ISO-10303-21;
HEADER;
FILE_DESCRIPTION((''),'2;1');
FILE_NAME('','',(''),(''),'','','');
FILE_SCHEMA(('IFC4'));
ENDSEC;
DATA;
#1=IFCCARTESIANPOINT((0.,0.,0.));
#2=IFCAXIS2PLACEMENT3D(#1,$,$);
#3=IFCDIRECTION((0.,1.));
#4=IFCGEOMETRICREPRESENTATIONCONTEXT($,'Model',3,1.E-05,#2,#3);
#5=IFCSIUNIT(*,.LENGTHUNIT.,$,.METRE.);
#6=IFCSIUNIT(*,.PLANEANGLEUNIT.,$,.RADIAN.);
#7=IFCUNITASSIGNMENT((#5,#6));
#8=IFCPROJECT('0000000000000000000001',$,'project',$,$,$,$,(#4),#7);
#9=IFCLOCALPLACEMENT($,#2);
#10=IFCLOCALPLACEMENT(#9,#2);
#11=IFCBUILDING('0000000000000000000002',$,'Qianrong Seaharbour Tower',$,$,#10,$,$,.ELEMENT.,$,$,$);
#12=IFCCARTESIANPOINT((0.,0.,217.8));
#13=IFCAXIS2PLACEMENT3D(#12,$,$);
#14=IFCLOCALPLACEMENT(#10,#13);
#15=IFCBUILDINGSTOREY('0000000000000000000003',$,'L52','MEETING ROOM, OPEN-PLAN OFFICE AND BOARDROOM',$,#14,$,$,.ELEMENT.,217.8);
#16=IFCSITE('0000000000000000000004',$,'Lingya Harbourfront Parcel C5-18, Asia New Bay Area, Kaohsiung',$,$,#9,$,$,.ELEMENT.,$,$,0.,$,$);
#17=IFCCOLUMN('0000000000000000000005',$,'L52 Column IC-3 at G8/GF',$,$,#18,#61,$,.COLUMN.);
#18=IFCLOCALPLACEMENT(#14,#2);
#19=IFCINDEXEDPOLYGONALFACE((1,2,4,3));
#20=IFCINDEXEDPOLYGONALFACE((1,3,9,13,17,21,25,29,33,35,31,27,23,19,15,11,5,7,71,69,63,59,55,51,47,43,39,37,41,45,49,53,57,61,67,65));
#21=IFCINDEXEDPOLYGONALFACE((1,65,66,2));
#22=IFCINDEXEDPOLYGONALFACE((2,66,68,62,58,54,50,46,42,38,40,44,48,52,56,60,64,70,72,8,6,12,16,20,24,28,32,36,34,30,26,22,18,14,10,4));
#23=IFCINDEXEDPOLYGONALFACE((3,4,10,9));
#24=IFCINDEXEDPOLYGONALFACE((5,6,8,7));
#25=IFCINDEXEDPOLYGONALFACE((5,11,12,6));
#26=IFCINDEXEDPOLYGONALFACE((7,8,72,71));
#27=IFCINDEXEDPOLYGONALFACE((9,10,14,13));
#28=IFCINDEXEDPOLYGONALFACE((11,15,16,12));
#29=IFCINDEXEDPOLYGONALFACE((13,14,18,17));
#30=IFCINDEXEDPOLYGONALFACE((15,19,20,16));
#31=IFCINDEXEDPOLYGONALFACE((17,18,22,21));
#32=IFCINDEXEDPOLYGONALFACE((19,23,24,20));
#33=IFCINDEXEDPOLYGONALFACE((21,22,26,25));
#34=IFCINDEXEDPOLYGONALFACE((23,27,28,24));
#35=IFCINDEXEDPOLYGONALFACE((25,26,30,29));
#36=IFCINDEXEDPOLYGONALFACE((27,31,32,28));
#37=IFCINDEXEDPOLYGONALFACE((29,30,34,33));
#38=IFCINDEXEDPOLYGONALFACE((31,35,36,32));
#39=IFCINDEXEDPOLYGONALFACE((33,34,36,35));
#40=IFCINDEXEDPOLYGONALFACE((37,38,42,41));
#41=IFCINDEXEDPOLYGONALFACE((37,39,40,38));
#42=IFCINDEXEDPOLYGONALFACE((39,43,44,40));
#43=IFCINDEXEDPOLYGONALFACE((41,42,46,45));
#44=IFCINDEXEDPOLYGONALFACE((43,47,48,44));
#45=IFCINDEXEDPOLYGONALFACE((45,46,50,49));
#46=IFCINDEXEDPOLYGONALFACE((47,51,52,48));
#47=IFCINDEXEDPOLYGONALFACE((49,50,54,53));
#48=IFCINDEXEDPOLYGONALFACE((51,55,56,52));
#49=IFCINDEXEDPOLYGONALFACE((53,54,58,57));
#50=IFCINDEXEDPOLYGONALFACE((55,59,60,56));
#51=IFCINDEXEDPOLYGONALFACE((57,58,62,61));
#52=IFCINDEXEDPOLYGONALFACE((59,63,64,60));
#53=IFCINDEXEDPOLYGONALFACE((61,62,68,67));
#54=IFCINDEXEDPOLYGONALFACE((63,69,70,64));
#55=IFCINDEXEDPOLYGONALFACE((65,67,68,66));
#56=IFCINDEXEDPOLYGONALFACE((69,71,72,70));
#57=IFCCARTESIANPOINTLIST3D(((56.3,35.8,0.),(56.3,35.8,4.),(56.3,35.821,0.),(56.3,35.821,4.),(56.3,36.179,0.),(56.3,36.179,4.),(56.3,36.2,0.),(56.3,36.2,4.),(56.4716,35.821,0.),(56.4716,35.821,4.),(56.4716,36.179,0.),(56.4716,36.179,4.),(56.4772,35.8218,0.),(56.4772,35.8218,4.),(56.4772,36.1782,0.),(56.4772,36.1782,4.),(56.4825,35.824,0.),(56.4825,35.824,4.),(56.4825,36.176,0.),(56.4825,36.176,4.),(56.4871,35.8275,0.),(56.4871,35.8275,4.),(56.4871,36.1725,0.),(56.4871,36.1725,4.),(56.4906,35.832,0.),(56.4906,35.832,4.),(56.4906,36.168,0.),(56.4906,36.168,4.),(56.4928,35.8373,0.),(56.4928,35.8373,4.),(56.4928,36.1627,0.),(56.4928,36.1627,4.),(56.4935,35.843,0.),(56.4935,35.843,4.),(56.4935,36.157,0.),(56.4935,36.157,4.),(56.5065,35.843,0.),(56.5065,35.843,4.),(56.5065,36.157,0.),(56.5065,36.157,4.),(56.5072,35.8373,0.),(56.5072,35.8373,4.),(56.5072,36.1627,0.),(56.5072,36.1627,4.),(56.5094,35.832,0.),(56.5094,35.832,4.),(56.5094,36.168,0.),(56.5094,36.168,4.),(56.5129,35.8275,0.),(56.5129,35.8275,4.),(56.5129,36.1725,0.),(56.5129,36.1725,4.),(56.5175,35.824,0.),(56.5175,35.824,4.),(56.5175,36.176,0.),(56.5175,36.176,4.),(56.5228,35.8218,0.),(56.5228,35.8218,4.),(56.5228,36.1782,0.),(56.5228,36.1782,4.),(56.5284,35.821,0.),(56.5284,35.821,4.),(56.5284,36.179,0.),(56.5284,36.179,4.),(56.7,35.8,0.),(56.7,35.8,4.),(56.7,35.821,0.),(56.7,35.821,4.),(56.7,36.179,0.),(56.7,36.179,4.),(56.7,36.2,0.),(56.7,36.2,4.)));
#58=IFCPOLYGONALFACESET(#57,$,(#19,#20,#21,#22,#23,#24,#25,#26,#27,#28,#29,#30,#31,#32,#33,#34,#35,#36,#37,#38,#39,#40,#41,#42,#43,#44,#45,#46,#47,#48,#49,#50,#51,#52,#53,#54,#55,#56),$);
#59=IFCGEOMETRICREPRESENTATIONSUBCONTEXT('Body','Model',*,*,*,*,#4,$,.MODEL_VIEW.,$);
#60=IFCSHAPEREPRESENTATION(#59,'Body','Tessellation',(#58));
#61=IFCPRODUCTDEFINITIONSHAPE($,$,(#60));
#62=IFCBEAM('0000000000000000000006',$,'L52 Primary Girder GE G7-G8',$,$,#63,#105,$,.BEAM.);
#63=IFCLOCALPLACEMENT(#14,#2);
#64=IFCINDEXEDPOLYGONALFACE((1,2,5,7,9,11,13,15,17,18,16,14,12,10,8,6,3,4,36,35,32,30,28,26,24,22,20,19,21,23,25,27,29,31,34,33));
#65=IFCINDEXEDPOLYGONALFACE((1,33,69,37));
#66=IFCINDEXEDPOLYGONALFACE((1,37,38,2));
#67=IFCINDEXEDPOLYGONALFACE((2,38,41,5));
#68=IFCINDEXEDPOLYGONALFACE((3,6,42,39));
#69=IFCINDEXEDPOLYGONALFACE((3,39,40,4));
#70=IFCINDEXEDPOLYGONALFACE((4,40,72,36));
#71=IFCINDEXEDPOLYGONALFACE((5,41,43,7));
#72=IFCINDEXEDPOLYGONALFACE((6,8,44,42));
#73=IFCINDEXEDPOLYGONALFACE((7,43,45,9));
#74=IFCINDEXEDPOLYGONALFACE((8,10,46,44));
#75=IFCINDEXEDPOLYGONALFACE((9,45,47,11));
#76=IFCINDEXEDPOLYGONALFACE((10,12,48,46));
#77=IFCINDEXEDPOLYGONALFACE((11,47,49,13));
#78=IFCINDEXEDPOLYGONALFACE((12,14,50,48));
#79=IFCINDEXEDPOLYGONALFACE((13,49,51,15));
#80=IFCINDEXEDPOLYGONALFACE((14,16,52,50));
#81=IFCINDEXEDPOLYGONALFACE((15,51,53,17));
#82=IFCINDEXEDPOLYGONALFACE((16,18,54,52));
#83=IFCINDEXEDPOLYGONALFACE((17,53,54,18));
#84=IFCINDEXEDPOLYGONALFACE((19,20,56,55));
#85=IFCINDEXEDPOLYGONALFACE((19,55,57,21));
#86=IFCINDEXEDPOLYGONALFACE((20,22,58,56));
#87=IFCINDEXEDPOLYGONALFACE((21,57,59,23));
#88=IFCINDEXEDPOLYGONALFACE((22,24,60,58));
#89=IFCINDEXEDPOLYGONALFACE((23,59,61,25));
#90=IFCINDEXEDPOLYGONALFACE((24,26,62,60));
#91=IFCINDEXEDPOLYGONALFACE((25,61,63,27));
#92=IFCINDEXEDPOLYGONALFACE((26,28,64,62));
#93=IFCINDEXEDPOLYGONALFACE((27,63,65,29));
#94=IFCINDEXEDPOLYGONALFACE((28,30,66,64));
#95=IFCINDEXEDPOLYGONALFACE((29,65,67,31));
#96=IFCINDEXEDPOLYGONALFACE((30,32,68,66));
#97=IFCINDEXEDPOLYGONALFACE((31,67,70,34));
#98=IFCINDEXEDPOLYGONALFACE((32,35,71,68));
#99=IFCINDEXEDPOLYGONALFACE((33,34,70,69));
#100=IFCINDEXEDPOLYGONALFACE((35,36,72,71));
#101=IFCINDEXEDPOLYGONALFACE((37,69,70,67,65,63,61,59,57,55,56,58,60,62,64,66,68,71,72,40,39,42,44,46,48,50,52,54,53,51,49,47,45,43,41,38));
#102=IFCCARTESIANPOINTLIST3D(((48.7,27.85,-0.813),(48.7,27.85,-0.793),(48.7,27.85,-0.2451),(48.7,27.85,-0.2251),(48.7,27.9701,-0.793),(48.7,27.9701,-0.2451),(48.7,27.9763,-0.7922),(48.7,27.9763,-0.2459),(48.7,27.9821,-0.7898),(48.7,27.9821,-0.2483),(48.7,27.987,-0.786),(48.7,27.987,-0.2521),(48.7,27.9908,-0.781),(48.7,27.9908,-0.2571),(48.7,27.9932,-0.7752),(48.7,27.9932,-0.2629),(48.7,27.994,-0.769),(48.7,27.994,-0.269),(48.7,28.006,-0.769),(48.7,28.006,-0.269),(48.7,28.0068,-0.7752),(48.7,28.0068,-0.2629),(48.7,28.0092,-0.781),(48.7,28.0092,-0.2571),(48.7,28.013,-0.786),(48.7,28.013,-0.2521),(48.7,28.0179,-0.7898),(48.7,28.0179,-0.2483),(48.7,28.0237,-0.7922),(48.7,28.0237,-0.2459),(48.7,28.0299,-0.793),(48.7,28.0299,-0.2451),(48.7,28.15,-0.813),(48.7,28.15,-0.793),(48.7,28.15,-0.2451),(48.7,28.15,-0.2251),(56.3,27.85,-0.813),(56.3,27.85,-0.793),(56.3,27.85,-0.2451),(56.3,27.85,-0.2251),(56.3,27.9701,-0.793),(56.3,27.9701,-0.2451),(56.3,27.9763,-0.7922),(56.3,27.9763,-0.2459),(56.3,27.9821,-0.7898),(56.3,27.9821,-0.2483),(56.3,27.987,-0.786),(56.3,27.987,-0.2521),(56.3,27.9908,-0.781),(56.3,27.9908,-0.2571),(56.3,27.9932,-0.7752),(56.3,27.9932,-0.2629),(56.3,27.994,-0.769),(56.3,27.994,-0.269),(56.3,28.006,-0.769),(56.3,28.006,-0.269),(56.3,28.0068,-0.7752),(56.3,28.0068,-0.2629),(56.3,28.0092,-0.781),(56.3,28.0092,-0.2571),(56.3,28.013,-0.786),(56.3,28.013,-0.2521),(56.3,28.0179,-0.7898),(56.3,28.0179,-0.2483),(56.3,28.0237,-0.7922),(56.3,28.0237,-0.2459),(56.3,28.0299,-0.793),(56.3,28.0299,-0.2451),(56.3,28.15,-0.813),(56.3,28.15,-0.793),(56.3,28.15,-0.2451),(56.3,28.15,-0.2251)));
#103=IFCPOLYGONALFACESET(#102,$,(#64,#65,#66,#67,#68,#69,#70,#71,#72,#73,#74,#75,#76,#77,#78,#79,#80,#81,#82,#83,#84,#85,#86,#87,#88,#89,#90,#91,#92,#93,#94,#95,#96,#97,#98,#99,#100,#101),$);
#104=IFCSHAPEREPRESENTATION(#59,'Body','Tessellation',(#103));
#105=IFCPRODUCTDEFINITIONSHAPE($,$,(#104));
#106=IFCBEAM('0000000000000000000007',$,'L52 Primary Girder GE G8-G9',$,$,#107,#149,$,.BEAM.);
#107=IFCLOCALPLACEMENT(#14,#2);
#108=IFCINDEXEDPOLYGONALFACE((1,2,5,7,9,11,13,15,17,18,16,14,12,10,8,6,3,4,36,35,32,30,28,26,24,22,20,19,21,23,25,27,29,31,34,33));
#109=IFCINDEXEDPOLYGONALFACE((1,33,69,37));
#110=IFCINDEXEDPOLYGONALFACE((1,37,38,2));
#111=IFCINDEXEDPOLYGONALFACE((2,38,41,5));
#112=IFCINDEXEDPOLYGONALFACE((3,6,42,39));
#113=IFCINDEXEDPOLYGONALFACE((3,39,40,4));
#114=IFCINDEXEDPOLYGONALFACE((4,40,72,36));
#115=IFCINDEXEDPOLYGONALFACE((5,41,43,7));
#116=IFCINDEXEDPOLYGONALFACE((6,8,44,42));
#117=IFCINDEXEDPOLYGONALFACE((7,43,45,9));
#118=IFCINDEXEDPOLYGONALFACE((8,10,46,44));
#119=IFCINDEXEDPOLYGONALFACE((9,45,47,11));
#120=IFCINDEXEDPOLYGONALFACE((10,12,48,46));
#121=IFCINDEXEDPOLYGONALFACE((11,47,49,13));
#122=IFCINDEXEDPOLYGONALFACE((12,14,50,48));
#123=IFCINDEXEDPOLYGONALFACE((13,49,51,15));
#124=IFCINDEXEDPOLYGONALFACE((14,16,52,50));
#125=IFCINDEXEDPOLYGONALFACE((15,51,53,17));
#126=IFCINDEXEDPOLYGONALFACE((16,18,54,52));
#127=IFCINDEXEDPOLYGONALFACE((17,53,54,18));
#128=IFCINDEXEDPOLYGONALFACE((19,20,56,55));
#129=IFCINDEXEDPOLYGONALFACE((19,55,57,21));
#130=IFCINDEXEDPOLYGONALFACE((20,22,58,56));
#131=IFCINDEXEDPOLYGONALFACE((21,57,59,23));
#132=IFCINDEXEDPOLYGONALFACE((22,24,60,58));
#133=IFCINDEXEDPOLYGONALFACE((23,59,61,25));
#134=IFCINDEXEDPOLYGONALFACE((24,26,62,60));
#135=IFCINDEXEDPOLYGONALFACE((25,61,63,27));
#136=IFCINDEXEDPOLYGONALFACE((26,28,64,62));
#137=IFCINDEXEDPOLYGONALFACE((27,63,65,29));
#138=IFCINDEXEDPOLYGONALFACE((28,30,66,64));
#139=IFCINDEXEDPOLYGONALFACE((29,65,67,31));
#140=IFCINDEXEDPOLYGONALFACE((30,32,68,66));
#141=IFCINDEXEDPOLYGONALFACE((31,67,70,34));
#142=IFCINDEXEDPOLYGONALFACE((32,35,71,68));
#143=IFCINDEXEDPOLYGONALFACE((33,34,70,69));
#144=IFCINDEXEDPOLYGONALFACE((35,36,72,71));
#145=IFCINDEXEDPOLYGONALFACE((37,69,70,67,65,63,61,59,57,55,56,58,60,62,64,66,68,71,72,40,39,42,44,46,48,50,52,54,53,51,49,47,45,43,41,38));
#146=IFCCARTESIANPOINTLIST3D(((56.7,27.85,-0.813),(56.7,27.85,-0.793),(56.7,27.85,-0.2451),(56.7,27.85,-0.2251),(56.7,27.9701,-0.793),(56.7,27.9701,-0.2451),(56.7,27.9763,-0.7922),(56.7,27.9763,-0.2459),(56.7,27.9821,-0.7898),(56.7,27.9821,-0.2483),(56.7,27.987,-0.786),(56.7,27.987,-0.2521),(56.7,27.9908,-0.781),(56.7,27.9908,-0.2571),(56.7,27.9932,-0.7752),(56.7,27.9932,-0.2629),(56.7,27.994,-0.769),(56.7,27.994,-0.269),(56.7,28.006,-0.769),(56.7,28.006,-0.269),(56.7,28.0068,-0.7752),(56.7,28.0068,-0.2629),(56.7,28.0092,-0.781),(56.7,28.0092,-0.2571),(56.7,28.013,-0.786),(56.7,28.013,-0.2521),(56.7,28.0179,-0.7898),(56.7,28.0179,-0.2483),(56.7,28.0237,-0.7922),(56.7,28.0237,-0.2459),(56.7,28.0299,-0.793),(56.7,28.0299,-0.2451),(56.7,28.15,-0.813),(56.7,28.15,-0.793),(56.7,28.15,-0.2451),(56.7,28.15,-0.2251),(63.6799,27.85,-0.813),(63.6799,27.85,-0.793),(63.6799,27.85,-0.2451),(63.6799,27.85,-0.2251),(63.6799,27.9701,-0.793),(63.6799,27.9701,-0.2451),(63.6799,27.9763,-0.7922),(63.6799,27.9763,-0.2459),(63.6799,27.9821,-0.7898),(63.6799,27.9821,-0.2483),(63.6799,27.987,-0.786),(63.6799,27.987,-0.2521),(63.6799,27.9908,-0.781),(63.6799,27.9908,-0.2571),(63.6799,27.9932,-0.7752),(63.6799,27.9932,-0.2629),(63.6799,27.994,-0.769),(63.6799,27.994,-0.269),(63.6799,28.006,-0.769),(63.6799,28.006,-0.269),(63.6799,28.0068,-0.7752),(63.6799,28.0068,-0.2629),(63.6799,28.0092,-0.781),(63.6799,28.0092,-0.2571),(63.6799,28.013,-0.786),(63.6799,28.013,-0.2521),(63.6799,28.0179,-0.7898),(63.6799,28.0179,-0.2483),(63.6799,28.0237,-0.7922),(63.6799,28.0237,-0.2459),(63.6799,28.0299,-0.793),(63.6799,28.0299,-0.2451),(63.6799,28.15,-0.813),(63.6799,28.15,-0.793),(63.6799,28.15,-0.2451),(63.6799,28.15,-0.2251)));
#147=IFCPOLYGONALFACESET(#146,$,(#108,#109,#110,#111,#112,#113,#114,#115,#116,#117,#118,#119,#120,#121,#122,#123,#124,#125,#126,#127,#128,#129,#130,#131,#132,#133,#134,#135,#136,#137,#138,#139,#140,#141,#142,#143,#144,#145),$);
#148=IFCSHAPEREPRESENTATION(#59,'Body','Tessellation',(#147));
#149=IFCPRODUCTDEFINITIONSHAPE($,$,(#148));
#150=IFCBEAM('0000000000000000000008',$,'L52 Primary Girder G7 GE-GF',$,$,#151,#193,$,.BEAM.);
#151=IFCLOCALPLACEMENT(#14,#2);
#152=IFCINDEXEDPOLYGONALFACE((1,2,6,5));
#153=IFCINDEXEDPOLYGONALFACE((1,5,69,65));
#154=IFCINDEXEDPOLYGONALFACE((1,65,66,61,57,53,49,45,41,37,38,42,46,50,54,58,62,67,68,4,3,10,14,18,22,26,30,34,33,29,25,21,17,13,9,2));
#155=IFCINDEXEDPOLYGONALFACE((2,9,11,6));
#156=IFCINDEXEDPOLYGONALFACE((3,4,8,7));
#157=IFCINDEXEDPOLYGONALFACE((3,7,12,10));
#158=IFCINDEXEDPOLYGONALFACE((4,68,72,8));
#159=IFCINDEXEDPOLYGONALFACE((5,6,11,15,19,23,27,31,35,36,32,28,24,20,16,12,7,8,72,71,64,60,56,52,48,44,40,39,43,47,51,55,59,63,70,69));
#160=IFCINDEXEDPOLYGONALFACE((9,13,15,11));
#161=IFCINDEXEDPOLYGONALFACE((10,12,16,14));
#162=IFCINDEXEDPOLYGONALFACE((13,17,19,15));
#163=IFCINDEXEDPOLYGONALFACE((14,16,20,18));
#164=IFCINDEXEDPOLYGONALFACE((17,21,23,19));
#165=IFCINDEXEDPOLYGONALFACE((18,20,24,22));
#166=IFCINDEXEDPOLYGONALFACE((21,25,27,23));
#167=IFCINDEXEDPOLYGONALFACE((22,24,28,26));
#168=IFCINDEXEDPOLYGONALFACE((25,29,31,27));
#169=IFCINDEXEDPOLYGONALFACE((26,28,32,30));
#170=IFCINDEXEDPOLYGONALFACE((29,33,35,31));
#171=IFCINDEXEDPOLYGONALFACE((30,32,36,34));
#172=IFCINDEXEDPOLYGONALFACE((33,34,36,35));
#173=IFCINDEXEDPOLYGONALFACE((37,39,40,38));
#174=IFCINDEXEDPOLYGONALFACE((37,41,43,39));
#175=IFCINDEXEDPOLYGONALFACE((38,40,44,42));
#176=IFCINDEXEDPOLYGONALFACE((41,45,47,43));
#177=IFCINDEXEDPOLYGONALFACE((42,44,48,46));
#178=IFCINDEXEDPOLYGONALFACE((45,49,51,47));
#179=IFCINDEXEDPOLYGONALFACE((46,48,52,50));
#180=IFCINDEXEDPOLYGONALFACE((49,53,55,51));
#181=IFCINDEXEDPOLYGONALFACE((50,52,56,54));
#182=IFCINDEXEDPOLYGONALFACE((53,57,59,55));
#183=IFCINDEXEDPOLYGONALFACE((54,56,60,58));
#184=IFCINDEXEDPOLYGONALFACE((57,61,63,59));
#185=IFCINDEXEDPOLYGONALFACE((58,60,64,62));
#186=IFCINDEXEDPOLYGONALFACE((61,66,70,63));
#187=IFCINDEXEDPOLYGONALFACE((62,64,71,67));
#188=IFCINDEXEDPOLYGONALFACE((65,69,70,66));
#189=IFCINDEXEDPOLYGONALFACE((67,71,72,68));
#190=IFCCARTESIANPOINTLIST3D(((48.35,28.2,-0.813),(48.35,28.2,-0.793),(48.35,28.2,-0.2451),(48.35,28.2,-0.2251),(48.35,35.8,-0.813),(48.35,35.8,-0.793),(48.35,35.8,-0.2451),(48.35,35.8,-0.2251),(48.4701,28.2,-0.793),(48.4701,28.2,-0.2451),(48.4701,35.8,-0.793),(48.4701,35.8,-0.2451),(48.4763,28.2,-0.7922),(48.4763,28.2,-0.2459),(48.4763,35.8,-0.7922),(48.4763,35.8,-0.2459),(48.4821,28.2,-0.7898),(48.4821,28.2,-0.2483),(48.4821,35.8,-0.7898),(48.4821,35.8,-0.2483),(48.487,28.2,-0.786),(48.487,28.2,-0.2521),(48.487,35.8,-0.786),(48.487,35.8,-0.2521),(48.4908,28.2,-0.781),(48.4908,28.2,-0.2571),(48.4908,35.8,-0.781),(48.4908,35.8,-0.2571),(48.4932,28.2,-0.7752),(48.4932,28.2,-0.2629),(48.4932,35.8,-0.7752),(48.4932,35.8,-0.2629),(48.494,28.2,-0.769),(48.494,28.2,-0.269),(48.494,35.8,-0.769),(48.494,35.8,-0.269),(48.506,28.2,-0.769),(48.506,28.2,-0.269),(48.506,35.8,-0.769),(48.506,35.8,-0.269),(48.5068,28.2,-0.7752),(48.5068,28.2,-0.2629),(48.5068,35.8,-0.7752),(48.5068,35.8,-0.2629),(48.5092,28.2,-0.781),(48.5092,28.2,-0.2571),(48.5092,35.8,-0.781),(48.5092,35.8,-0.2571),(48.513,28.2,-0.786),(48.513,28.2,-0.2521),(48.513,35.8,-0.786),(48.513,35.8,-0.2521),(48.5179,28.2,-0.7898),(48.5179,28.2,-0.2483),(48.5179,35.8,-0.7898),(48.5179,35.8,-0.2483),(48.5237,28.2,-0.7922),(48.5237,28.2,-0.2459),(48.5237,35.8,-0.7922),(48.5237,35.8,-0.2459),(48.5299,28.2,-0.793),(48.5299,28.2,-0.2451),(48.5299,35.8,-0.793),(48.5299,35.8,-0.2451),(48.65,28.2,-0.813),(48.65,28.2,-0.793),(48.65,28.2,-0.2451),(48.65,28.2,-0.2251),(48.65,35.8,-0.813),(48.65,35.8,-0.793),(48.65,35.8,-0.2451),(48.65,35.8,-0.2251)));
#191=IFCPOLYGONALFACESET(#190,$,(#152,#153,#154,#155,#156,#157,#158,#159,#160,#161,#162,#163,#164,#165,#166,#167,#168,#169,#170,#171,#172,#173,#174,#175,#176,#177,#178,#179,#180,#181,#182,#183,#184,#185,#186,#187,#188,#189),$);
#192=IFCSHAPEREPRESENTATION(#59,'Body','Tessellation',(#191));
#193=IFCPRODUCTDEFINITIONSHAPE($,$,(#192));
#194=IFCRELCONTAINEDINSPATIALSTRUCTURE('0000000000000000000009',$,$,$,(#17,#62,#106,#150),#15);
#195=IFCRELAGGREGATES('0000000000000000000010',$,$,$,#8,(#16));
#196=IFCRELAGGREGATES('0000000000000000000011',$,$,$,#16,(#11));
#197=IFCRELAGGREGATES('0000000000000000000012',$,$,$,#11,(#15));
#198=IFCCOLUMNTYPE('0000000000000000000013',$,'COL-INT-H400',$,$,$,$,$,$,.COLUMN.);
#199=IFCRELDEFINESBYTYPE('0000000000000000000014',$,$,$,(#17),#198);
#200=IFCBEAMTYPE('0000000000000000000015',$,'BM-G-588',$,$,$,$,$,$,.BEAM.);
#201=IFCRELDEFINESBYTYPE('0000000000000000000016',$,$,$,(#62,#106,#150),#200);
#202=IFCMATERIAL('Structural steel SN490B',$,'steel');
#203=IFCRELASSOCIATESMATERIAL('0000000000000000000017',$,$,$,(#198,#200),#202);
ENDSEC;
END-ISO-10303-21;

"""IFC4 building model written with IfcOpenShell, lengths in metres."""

from ifc_helpers import new_model, si_unit, direction, frame, origin, origin_2d, place, context, subcontext, project, spatial, i_section, extrude, material, material_profile, profile_set, type_object, element, save


model = new_model("IFC4")

# Units and contexts
model_context = context("Model", 3, precision=1e-05, world=origin(), true_north=direction((0.0, 1.0)))
body_context = subcontext(model_context, "Body", "Model", "MODEL_VIEW")
ifc_project = project(units=[si_unit("LENGTHUNIT", "METRE"), si_unit("PLANEANGLEUNIT", "RADIAN")], contexts=[model_context])

# Site, building, storey
site_placement = place(None, origin())
site = spatial("IfcSite", under=ifc_project, at=site_placement, Name="Lingya Harbourfront Parcel C5-18, Asia New Bay Area, Kaohsiung", CompositionType="ELEMENT", RefElevation=0.0)
building_placement = place(site_placement, origin())
building = spatial("IfcBuilding", under=site, at=building_placement, Name="Qianrong Seaharbour Tower", CompositionType="ELEMENT")
storey_placement = place(building_placement, frame((0.0, 0.0, 217.8)))
storey = spatial("IfcBuildingStorey", under=building, at=storey_placement, Name="L52", Description="MEETING ROOM, OPEN-PLAN OFFICE AND BOARDROOM", CompositionType="ELEMENT", Elevation=217.8)

# Column
ifc_material_1 = material(Name="Structural steel SN490B", Category="steel")
ifc_material_profile_1 = material_profile(ifc_material_1, i_section(OverallWidth=0.3999, OverallDepth=0.3999, WebThickness=0.0129, FlangeThickness=0.021, FilletRadius=0.022, at=origin_2d()), Name="H400x400x13x21")
ifc_profile_set_1 = profile_set([ifc_material_profile_1], Name="Structural steel SN490B")
column_type_1 = type_object("IfcColumnType", Name="COL-INT-H400", PredefinedType="COLUMN", material=ifc_profile_set_1)
for number, where, z_axis, x_axis, name in (
    (1, (56.5, 36.0, 0.0), (0.0, 0.0, 1.0), (1.0, 0.0, 0.0), "L52 Column IC-3 at G8/GF"),
):
    element("IfcColumn", number, at=place(storey_placement, frame(where, z_axis=z_axis, x_axis=x_axis)), inside=storey, type_object=column_type_1, Name=name, PredefinedType="COLUMN", context=body_context, shape_type="SweptSolid", body=[
        extrude(i_section(OverallWidth=0.3999, OverallDepth=0.3999, WebThickness=0.0129, FlangeThickness=0.021, FilletRadius=0.022, at=origin_2d()), origin(), (0.0, 0.0, 1.0), 4.0),
    ])

# Beams
ifc_material_profile_2 = material_profile(ifc_material_1, i_section(OverallWidth=0.3, OverallDepth=0.5879, WebThickness=0.012, FlangeThickness=0.02, FilletRadius=0.0239, at=origin_2d()), Name="H588x300x12x20")
ifc_profile_set_2 = profile_set([ifc_material_profile_2], Name="Structural steel SN490B")
beam_type_1 = type_object("IfcBeamType", Name="BM-G-588", PredefinedType="BEAM", material=ifc_profile_set_2)
beam_1_placement = place(storey_placement, frame((48.7, 28.0, -0.519), z_axis=(1.0, 0.0, 0.0), x_axis=(0.0, 1.0, 0.0)))
element("IfcBeam", 2, at=beam_1_placement, inside=storey, type_object=beam_type_1, Name="L52 Primary Girder GE G7-G8", PredefinedType="BEAM", context=body_context, shape_type="SweptSolid", body=[
    extrude(i_section(OverallWidth=0.3, OverallDepth=0.5879, WebThickness=0.012, FlangeThickness=0.02, FilletRadius=0.0239, at=origin_2d()), origin(), (0.0, 0.0, 1.0), 7.6001),
])
beam_2_placement = place(storey_placement, frame((56.7, 28.0, -0.519), z_axis=(1.0, 0.0, 0.0), x_axis=(0.0, 1.0, 0.0)))
element("IfcBeam", 3, at=beam_2_placement, inside=storey, type_object=beam_type_1, Name="L52 Primary Girder GE G8-G9", PredefinedType="BEAM", context=body_context, shape_type="SweptSolid", body=[
    extrude(i_section(OverallWidth=0.3, OverallDepth=0.5879, WebThickness=0.012, FlangeThickness=0.02, FilletRadius=0.0239, at=origin_2d()), origin(), (0.0, 0.0, 1.0), 6.98),
])
for number, where, z_axis, x_axis, name in (
    (4, (48.5, 28.2, -0.519), (0.0, 1.0, 0.0), (-1.0, 0.0, 0.0), "L52 Primary Girder G7 GE-GF"),
):
    element("IfcBeam", number, at=place(storey_placement, frame(where, z_axis=z_axis, x_axis=x_axis)), inside=storey, type_object=beam_type_1, Name=name, PredefinedType="BEAM", context=body_context, shape_type="SweptSolid", body=[
        extrude(i_section(OverallWidth=0.3, OverallDepth=0.5879, WebThickness=0.012, FlangeThickness=0.02, FilletRadius=0.0239, at=origin_2d()), origin(), (0.0, 0.0, 1.0), 7.6001),
    ])

save(model, "model.ifc")
